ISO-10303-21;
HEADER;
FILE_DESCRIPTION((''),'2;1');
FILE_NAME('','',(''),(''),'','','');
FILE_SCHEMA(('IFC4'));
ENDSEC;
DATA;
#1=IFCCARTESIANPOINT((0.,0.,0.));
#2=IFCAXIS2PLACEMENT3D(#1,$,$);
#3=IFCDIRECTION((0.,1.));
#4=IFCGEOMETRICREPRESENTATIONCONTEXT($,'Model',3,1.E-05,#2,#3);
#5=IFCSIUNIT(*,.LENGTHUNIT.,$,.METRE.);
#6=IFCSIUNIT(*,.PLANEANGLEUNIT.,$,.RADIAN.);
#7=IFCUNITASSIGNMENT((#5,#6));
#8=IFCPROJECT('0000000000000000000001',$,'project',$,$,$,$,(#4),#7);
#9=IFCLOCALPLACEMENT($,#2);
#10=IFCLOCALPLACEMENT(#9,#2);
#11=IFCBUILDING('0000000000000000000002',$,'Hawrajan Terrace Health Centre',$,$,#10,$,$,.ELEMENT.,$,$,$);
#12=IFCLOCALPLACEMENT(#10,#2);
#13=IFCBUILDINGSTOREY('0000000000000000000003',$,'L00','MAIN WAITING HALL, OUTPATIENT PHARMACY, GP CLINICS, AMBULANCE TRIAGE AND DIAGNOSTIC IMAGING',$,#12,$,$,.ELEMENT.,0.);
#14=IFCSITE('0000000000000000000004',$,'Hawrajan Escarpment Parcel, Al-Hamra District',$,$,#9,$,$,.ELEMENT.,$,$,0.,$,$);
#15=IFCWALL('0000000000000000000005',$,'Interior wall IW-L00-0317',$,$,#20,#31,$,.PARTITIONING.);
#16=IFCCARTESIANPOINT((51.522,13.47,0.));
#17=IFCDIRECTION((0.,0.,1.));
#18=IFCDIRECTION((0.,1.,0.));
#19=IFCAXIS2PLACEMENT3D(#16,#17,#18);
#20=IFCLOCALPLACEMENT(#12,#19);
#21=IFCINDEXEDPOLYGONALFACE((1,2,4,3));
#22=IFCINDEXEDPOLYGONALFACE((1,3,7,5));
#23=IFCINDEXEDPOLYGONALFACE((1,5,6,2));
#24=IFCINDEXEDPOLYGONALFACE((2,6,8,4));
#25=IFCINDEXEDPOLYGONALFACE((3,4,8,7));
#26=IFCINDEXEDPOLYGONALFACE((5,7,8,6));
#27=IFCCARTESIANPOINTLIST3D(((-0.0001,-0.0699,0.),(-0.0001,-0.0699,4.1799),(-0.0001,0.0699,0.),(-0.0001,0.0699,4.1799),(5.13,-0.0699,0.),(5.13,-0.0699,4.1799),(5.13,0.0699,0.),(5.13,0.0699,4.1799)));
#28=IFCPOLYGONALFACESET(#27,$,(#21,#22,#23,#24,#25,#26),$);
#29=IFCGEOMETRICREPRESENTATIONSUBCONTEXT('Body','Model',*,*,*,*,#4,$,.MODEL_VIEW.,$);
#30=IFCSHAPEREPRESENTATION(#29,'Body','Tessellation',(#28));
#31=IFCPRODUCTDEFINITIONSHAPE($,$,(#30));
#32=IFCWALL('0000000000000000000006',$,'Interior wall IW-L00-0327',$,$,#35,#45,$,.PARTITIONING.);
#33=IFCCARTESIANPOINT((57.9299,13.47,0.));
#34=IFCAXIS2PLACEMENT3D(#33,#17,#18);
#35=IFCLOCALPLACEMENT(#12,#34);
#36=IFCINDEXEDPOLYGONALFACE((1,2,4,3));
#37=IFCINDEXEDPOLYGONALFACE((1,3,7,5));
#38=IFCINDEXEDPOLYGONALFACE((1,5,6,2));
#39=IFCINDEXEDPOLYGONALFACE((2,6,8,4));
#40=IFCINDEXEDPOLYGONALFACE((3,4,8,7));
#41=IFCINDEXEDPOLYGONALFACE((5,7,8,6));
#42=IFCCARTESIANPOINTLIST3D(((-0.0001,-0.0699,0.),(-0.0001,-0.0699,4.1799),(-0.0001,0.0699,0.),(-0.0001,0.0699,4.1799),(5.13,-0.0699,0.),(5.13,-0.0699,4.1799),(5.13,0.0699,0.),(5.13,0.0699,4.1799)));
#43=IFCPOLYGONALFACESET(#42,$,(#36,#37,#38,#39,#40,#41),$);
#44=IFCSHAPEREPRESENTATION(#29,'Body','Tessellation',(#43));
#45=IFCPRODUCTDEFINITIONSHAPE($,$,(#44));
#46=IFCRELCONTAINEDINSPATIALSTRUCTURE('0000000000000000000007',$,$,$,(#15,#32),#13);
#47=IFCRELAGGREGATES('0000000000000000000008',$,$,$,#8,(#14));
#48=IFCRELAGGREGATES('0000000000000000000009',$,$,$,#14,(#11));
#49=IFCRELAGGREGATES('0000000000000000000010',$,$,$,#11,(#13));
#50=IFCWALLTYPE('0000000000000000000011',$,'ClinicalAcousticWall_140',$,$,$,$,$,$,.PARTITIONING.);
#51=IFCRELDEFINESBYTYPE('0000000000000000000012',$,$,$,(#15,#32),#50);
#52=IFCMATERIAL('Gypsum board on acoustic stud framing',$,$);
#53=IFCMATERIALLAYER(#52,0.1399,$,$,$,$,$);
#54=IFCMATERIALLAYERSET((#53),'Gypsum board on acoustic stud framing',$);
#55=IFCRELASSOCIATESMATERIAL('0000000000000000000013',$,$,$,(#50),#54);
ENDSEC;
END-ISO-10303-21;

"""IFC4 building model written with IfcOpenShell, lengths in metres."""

from ifc_helpers import new_model, si_unit, direction, frame, frame_2d, origin, place, context, subcontext, project, spatial, rectangle, extrude, material, layer, layer_set, type_object, element, save


model = new_model("IFC4")

# Units and contexts
model_context = context("Model", 3, precision=1e-05, world=origin(), true_north=direction((0.0, 1.0)))
body_context = subcontext(model_context, "Body", "Model", "MODEL_VIEW")
ifc_project = project(units=[si_unit("LENGTHUNIT", "METRE"), si_unit("PLANEANGLEUNIT", "RADIAN")], contexts=[model_context])

# Site, building, storey
site_placement = place(None, origin())
site = spatial("IfcSite", under=ifc_project, at=site_placement, Name="Hawrajan Escarpment Parcel, Al-Hamra District", CompositionType="ELEMENT", RefElevation=0.0)
building_placement = place(site_placement, origin())
building = spatial("IfcBuilding", under=site, at=building_placement, Name="Hawrajan Terrace Health Centre", CompositionType="ELEMENT")
storey_placement = place(building_placement, origin())
storey = spatial("IfcBuildingStorey", under=building, at=storey_placement, Name="L00", Description="MAIN WAITING HALL, OUTPATIENT PHARMACY, GP CLINICS, AMBULANCE TRIAGE AND DIAGNOSTIC IMAGING", CompositionType="ELEMENT", Elevation=0.0)

# Wall
ifc_material_1 = material(Name="Gypsum board on acoustic stud framing")
ifc_layer_1 = layer(ifc_material_1, 0.1399)
ifc_layer_set_1 = layer_set([ifc_layer_1], Name="Gypsum board on acoustic stud framing")
wall_type_1 = type_object("IfcWallType", Name="ClinicalAcousticWall_140", PredefinedType="PARTITIONING", material=ifc_layer_set_1)
wall_1_placement = place(storey_placement, frame((51.522, 13.47, 0.0), z_axis=(0.0, 0.0, 1.0), x_axis=(0.0, 1.0, 0.0)))
element("IfcWall", 1, at=wall_1_placement, inside=storey, type_object=wall_type_1, Name="Interior wall IW-L00-0317", PredefinedType="PARTITIONING", context=body_context, shape_type="SweptSolid", body=[
    extrude(rectangle(XDim=5.1301, YDim=0.1399, at=frame_2d((2.5649, 0.0))), origin(), (0.0, 0.0, 1.0), 4.1799),
])

# Wall
wall_2_placement = place(storey_placement, frame((57.9299, 13.47, 0.0), z_axis=(0.0, 0.0, 1.0), x_axis=(0.0, 1.0, 0.0)))
element("IfcWall", 2, at=wall_2_placement, inside=storey, type_object=wall_type_1, Name="Interior wall IW-L00-0327", PredefinedType="PARTITIONING", context=body_context, shape_type="SweptSolid", body=[
    extrude(rectangle(XDim=5.1301, YDim=0.1399, at=frame_2d((2.5649, 0.0))), origin(), (0.0, 0.0, 1.0), 4.1799),
])

save(model, "model.ifc")
